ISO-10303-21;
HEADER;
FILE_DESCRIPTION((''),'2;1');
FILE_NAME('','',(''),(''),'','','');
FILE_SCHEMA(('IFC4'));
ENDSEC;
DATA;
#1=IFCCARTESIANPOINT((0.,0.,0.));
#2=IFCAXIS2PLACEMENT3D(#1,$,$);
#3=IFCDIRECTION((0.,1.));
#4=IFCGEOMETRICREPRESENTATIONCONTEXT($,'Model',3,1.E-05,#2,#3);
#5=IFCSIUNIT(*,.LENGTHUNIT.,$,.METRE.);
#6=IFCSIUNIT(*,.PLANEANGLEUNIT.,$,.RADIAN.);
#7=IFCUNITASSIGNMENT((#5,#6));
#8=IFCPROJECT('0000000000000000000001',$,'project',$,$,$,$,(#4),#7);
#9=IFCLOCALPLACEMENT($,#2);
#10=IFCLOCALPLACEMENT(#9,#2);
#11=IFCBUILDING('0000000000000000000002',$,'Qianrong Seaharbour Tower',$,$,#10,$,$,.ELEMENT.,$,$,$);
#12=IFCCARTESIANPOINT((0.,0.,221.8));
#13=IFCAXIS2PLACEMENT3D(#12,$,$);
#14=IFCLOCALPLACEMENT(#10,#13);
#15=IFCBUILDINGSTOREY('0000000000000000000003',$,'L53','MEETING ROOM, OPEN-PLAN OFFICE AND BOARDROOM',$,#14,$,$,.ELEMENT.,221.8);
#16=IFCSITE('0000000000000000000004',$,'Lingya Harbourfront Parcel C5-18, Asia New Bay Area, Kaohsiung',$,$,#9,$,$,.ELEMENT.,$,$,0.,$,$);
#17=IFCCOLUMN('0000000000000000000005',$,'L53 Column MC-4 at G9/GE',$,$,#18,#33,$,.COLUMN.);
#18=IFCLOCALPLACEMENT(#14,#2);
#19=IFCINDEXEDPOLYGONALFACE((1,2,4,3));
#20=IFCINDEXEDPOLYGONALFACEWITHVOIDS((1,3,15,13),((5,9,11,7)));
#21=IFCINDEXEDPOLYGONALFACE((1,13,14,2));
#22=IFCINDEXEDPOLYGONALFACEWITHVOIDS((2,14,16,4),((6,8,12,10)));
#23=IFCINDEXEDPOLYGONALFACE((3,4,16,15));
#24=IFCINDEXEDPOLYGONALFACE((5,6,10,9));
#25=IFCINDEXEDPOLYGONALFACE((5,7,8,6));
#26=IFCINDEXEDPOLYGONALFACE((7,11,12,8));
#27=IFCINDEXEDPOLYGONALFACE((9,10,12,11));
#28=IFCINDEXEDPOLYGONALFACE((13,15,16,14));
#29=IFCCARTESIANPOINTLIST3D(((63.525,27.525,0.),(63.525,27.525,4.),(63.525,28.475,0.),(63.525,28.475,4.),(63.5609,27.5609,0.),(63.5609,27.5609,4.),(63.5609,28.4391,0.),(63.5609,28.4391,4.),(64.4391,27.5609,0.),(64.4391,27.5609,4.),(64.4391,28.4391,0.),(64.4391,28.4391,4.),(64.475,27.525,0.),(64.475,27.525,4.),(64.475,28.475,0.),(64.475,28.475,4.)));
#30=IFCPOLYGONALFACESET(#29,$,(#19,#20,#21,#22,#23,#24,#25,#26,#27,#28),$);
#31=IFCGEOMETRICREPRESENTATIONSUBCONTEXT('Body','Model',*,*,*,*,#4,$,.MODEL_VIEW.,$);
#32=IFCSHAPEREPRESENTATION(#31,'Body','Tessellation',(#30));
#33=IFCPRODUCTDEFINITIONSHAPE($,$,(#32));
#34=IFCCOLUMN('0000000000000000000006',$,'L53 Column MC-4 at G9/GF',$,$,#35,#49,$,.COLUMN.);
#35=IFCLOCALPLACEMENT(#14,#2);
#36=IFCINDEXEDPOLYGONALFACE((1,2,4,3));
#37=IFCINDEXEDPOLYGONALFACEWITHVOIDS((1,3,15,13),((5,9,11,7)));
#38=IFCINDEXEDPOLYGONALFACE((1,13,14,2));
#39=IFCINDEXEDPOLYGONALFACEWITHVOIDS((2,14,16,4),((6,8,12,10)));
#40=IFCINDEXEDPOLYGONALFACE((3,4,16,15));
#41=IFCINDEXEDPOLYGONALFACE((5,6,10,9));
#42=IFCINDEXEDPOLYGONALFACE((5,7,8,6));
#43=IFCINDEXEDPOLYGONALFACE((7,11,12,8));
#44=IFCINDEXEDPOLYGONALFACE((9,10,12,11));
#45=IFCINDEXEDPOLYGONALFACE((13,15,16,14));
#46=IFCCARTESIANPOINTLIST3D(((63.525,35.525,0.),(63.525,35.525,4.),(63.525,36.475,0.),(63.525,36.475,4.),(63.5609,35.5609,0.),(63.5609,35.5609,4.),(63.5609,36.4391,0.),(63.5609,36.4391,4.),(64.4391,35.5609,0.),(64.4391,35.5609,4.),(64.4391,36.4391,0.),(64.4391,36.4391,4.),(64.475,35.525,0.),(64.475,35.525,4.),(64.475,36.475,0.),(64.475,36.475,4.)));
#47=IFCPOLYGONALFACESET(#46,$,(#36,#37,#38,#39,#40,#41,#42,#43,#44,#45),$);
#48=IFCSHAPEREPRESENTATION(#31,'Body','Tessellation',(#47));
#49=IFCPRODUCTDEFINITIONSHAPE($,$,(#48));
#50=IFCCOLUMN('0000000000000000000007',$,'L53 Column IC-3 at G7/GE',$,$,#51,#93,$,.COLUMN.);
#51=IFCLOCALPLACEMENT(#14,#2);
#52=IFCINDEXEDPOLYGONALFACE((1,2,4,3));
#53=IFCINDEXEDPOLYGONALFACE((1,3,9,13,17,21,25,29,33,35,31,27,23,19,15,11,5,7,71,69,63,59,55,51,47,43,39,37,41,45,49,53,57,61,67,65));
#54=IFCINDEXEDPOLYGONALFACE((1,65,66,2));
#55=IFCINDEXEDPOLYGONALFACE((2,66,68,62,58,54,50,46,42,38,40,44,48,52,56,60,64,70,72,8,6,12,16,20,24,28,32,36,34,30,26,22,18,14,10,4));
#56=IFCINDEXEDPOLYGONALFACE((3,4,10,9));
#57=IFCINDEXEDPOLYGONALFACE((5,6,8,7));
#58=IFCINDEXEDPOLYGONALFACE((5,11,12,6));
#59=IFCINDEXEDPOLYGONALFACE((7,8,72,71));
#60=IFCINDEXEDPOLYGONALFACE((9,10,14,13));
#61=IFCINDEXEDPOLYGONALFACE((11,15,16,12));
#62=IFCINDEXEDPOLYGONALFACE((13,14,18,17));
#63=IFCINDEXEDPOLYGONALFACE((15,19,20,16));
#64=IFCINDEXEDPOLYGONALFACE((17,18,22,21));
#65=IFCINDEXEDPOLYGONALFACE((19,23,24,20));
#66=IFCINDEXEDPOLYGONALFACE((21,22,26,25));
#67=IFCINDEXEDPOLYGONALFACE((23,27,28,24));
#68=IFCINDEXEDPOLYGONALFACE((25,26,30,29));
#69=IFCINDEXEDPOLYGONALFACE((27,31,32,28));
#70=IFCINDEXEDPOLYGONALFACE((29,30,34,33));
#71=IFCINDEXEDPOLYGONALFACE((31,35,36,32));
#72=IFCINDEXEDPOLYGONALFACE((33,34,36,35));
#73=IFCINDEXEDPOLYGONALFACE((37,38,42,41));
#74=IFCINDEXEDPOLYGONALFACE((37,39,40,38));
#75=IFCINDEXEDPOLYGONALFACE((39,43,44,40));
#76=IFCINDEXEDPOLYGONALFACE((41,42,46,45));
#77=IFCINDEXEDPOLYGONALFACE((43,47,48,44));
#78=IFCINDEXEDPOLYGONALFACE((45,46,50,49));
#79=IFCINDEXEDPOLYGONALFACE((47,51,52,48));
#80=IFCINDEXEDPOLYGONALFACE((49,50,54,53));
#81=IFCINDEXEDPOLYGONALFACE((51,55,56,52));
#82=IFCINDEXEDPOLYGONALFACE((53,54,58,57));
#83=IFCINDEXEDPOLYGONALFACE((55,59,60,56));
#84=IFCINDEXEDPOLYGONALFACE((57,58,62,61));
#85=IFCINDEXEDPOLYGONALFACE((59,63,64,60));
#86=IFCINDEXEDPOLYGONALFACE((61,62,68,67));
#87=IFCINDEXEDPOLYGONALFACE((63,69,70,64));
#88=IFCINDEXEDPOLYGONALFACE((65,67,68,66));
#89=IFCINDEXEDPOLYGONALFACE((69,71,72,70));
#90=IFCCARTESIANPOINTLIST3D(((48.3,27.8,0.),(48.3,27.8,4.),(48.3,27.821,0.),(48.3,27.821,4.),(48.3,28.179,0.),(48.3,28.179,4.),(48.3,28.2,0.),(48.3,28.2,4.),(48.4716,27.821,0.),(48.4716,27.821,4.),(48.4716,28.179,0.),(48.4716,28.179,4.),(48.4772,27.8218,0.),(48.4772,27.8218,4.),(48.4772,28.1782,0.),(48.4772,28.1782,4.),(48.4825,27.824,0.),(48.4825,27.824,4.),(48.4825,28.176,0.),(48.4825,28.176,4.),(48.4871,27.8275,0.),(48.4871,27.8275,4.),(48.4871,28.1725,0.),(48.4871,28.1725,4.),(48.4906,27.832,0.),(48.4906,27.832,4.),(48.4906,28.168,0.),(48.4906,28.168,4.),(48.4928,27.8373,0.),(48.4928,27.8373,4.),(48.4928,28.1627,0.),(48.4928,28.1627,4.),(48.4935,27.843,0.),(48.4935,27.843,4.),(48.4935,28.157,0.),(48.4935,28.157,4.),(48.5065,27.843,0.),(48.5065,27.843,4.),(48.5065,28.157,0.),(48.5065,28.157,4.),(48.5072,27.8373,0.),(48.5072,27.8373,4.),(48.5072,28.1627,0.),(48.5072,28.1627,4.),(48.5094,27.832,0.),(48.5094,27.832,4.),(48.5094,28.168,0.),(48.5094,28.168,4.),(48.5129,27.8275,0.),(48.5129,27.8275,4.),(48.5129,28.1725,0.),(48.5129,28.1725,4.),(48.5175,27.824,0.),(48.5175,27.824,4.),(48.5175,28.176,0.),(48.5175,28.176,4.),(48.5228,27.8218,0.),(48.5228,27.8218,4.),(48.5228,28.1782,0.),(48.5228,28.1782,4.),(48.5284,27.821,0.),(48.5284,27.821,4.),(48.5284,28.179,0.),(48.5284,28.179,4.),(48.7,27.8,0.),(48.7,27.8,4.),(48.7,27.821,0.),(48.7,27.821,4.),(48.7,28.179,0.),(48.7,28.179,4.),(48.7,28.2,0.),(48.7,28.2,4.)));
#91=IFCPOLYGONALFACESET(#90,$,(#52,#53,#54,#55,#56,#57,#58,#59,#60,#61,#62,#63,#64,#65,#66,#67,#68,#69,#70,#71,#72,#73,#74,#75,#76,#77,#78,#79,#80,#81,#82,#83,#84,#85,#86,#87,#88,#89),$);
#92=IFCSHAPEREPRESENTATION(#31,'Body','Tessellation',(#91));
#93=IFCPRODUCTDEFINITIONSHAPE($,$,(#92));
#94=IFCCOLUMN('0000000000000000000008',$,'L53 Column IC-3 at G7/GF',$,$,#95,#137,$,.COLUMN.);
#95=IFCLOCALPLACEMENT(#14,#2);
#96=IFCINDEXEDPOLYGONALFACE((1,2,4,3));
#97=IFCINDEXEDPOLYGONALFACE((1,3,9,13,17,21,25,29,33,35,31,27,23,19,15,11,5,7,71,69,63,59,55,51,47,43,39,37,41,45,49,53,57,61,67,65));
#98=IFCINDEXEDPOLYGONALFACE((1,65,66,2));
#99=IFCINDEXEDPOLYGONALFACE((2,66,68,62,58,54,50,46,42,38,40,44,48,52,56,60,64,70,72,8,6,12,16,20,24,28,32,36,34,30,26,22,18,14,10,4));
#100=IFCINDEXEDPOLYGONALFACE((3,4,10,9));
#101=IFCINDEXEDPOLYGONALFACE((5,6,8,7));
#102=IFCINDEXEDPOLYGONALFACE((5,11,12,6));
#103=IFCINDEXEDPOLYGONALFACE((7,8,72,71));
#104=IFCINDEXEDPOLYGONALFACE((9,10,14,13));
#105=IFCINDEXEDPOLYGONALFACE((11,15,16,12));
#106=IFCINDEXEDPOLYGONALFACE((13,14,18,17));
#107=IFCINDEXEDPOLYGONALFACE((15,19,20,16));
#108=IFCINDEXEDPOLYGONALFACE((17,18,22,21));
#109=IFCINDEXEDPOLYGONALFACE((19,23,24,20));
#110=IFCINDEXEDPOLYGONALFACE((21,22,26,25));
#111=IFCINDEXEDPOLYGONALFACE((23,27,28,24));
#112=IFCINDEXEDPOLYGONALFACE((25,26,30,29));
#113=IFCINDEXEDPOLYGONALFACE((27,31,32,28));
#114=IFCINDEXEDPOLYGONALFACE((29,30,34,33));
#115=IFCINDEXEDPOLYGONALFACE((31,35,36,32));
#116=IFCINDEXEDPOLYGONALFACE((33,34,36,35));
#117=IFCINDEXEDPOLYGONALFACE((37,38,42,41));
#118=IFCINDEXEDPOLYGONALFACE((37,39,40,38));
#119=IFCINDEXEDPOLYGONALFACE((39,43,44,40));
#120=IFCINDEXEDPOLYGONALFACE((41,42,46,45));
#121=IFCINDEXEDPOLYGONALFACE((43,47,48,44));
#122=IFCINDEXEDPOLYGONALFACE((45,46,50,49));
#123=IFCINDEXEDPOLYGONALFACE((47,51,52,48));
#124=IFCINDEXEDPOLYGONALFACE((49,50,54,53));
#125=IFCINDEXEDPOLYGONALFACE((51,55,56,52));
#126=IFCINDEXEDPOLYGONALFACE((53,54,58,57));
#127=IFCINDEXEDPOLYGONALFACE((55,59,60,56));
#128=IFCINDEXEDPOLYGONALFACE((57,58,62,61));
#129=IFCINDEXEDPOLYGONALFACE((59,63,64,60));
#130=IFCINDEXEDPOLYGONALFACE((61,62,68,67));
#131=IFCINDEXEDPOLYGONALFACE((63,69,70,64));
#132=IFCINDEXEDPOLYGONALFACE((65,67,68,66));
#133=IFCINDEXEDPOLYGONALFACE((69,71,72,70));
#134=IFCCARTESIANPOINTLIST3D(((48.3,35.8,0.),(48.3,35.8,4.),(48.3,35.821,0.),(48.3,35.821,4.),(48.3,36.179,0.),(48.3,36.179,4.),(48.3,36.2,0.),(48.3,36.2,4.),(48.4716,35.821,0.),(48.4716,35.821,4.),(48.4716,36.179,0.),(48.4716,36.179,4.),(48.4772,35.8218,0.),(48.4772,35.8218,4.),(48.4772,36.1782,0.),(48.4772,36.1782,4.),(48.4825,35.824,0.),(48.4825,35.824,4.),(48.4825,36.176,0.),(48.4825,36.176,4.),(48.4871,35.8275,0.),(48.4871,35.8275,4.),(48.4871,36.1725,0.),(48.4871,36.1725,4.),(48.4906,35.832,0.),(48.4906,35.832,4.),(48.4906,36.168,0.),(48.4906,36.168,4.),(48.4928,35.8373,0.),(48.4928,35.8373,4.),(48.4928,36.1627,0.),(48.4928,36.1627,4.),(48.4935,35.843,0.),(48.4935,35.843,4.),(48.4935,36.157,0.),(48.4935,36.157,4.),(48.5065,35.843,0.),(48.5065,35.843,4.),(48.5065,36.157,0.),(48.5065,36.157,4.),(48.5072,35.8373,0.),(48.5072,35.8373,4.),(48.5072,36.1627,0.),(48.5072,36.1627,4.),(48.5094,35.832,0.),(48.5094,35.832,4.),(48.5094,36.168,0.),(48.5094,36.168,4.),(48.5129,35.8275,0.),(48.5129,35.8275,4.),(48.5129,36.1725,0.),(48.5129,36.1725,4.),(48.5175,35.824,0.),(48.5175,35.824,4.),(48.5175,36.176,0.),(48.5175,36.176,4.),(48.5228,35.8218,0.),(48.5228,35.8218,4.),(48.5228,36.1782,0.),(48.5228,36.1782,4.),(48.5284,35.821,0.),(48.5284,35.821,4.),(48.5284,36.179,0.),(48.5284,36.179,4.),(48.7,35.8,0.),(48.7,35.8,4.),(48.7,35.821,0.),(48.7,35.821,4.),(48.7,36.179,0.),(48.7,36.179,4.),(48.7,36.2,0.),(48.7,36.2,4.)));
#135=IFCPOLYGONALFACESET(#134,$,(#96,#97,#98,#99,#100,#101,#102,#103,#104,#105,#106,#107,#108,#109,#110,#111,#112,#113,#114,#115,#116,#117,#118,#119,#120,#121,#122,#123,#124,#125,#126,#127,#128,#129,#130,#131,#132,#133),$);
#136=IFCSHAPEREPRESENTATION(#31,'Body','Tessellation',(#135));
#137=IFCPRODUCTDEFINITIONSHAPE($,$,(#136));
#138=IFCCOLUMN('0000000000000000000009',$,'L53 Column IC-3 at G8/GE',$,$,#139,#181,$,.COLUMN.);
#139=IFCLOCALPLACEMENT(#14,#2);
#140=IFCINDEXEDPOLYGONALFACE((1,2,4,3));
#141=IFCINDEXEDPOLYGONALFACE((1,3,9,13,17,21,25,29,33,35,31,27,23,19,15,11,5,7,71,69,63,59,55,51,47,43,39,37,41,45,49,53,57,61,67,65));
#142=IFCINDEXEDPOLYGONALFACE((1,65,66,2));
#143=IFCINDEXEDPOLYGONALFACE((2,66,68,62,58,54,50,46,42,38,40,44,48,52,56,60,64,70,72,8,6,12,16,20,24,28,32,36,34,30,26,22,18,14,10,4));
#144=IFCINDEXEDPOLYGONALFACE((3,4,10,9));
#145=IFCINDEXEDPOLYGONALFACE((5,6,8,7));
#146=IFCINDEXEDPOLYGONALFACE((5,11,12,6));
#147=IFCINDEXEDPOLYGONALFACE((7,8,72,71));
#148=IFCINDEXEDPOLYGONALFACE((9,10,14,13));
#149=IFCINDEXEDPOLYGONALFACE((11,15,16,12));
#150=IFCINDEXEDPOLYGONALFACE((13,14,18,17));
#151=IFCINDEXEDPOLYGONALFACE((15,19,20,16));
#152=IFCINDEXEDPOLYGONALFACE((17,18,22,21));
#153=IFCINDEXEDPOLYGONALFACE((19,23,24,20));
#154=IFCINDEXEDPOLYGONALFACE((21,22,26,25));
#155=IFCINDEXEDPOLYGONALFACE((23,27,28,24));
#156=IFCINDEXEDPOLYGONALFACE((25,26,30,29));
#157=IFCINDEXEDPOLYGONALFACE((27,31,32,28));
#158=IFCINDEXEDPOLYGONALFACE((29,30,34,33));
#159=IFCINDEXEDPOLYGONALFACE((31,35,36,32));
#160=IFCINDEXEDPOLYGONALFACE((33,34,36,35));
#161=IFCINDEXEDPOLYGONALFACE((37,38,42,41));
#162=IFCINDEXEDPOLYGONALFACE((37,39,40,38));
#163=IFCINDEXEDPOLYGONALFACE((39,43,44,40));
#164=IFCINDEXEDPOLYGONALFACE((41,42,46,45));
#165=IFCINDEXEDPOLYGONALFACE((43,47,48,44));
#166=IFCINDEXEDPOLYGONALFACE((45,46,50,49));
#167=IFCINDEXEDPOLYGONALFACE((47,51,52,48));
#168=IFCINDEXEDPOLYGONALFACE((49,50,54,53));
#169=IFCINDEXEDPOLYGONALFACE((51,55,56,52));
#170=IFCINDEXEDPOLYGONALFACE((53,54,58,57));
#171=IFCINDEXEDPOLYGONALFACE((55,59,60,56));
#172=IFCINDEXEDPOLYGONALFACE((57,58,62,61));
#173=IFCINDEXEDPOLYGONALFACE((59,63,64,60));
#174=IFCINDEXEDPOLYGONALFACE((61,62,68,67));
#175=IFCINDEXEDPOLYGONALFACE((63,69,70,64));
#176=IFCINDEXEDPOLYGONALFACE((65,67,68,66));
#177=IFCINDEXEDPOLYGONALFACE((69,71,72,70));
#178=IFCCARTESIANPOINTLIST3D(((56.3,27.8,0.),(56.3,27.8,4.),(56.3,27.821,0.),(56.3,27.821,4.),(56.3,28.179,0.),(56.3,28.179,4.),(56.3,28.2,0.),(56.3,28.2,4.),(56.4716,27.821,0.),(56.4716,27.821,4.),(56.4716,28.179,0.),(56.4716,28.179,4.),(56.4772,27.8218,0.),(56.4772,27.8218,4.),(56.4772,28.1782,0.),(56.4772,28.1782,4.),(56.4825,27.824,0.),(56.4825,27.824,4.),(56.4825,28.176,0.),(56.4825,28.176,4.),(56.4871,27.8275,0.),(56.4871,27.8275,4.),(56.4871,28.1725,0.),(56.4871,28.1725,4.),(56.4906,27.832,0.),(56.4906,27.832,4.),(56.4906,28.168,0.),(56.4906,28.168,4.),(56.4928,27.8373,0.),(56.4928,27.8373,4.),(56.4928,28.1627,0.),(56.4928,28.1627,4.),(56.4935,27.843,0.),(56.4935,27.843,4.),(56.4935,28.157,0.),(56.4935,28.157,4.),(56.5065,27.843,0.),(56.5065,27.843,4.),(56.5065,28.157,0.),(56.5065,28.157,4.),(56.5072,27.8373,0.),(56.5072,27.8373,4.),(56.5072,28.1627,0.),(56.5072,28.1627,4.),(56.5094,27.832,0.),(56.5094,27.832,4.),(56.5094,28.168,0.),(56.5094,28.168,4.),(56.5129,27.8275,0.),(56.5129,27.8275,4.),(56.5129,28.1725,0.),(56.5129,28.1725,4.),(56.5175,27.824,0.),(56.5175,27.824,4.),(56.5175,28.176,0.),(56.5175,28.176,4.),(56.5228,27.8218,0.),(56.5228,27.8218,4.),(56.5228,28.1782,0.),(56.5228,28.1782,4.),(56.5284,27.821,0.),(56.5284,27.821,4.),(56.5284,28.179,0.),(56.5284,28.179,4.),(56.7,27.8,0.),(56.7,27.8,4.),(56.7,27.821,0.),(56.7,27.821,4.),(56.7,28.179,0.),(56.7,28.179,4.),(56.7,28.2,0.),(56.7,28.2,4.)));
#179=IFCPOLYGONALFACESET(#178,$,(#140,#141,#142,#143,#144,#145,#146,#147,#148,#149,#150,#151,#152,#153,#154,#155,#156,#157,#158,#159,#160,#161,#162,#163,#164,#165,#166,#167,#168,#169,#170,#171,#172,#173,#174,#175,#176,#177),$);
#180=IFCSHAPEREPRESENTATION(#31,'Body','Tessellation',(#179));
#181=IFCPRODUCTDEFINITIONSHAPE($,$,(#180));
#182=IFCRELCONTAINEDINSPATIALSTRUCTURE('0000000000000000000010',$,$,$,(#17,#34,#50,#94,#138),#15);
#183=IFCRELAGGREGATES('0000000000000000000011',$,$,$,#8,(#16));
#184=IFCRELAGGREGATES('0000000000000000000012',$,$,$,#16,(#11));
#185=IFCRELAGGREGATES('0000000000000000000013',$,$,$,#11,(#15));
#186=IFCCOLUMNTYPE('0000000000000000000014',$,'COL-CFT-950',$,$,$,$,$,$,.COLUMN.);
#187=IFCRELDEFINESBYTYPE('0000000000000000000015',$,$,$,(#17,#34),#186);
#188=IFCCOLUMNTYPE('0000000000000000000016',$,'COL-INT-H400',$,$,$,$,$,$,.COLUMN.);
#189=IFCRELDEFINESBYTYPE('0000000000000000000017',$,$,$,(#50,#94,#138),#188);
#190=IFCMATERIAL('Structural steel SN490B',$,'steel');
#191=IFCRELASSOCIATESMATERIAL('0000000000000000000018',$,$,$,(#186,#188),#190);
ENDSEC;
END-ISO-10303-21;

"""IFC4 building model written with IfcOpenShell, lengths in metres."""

from ifc_helpers import new_model, si_unit, direction, frame, origin, origin_2d, place, context, subcontext, project, spatial, hollow_rectangle, i_section, extrude, material, material_profile, profile_set, type_object, element, save


model = new_model("IFC4")

# Units and contexts
model_context = context("Model", 3, precision=1e-05, world=origin(), true_north=direction((0.0, 1.0)))
body_context = subcontext(model_context, "Body", "Model", "MODEL_VIEW")
ifc_project = project(units=[si_unit("LENGTHUNIT", "METRE"), si_unit("PLANEANGLEUNIT", "RADIAN")], contexts=[model_context])

# Site, building, storey
site_placement = place(None, origin())
site = spatial("IfcSite", under=ifc_project, at=site_placement, Name="Lingya Harbourfront Parcel C5-18, Asia New Bay Area, Kaohsiung", CompositionType="ELEMENT", RefElevation=0.0)
building_placement = place(site_placement, origin())
building = spatial("IfcBuilding", under=site, at=building_placement, Name="Qianrong Seaharbour Tower", CompositionType="ELEMENT")
storey_placement = place(building_placement, frame((0.0, 0.0, 221.8)))
storey = spatial("IfcBuildingStorey", under=building, at=storey_placement, Name="L53", Description="MEETING ROOM, OPEN-PLAN OFFICE AND BOARDROOM", CompositionType="ELEMENT", Elevation=221.8)

# Columns
ifc_material_1 = material(Name="Structural steel SN490B", Category="steel")
ifc_material_profile_1 = material_profile(ifc_material_1, hollow_rectangle(XDim=0.95, YDim=0.95, WallThickness=0.0359, at=origin_2d()), Name="BOX950x950x36")
ifc_profile_set_1 = profile_set([ifc_material_profile_1], Name="Structural steel SN490B")
column_type_1 = type_object("IfcColumnType", Name="COL-CFT-950", PredefinedType="COLUMN", material=ifc_profile_set_1)
for number, where, z_axis, x_axis, name in (
    (1, (64.0, 28.0, 0.0), (0.0, 0.0, 1.0), (1.0, 0.0, 0.0), "L53 Column MC-4 at G9/GE"),
    (2, (64.0, 36.0, 0.0), (0.0, 0.0, 1.0), (1.0, 0.0, 0.0), "L53 Column MC-4 at G9/GF"),
):
    element("IfcColumn", number, at=place(storey_placement, frame(where, z_axis=z_axis, x_axis=x_axis)), inside=storey, type_object=column_type_1, Name=name, PredefinedType="COLUMN", context=body_context, shape_type="SweptSolid", body=[
        extrude(hollow_rectangle(XDim=0.95, YDim=0.95, WallThickness=0.0359, at=origin_2d()), origin(), (0.0, 0.0, 1.0), 4.0),
    ])
ifc_material_profile_2 = material_profile(ifc_material_1, i_section(OverallWidth=0.3999, OverallDepth=0.3999, WebThickness=0.0129, FlangeThickness=0.021, FilletRadius=0.022, at=origin_2d()), Name="H400x400x13x21")
ifc_profile_set_2 = profile_set([ifc_material_profile_2], Name="Structural steel SN490B")
column_type_2 = type_object("IfcColumnType", Name="COL-INT-H400", PredefinedType="COLUMN", material=ifc_profile_set_2)
for number, where, z_axis, x_axis, name in (
    (3, (48.5, 28.0, 0.0), (0.0, 0.0, 1.0), (1.0, 0.0, 0.0), "L53 Column IC-3 at G7/GE"),
    (4, (48.5, 36.0, 0.0), (0.0, 0.0, 1.0), (1.0, 0.0, 0.0), "L53 Column IC-3 at G7/GF"),
    (5, (56.5, 28.0, 0.0), (0.0, 0.0, 1.0), (1.0, 0.0, 0.0), "L53 Column IC-3 at G8/GE"),
):
    element("IfcColumn", number, at=place(storey_placement, frame(where, z_axis=z_axis, x_axis=x_axis)), inside=storey, type_object=column_type_2, Name=name, PredefinedType="COLUMN", context=body_context, shape_type="SweptSolid", body=[
        extrude(i_section(OverallWidth=0.3999, OverallDepth=0.3999, WebThickness=0.0129, FlangeThickness=0.021, FilletRadius=0.022, at=origin_2d()), origin(), (0.0, 0.0, 1.0), 4.0),
    ])

save(model, "model.ifc")
